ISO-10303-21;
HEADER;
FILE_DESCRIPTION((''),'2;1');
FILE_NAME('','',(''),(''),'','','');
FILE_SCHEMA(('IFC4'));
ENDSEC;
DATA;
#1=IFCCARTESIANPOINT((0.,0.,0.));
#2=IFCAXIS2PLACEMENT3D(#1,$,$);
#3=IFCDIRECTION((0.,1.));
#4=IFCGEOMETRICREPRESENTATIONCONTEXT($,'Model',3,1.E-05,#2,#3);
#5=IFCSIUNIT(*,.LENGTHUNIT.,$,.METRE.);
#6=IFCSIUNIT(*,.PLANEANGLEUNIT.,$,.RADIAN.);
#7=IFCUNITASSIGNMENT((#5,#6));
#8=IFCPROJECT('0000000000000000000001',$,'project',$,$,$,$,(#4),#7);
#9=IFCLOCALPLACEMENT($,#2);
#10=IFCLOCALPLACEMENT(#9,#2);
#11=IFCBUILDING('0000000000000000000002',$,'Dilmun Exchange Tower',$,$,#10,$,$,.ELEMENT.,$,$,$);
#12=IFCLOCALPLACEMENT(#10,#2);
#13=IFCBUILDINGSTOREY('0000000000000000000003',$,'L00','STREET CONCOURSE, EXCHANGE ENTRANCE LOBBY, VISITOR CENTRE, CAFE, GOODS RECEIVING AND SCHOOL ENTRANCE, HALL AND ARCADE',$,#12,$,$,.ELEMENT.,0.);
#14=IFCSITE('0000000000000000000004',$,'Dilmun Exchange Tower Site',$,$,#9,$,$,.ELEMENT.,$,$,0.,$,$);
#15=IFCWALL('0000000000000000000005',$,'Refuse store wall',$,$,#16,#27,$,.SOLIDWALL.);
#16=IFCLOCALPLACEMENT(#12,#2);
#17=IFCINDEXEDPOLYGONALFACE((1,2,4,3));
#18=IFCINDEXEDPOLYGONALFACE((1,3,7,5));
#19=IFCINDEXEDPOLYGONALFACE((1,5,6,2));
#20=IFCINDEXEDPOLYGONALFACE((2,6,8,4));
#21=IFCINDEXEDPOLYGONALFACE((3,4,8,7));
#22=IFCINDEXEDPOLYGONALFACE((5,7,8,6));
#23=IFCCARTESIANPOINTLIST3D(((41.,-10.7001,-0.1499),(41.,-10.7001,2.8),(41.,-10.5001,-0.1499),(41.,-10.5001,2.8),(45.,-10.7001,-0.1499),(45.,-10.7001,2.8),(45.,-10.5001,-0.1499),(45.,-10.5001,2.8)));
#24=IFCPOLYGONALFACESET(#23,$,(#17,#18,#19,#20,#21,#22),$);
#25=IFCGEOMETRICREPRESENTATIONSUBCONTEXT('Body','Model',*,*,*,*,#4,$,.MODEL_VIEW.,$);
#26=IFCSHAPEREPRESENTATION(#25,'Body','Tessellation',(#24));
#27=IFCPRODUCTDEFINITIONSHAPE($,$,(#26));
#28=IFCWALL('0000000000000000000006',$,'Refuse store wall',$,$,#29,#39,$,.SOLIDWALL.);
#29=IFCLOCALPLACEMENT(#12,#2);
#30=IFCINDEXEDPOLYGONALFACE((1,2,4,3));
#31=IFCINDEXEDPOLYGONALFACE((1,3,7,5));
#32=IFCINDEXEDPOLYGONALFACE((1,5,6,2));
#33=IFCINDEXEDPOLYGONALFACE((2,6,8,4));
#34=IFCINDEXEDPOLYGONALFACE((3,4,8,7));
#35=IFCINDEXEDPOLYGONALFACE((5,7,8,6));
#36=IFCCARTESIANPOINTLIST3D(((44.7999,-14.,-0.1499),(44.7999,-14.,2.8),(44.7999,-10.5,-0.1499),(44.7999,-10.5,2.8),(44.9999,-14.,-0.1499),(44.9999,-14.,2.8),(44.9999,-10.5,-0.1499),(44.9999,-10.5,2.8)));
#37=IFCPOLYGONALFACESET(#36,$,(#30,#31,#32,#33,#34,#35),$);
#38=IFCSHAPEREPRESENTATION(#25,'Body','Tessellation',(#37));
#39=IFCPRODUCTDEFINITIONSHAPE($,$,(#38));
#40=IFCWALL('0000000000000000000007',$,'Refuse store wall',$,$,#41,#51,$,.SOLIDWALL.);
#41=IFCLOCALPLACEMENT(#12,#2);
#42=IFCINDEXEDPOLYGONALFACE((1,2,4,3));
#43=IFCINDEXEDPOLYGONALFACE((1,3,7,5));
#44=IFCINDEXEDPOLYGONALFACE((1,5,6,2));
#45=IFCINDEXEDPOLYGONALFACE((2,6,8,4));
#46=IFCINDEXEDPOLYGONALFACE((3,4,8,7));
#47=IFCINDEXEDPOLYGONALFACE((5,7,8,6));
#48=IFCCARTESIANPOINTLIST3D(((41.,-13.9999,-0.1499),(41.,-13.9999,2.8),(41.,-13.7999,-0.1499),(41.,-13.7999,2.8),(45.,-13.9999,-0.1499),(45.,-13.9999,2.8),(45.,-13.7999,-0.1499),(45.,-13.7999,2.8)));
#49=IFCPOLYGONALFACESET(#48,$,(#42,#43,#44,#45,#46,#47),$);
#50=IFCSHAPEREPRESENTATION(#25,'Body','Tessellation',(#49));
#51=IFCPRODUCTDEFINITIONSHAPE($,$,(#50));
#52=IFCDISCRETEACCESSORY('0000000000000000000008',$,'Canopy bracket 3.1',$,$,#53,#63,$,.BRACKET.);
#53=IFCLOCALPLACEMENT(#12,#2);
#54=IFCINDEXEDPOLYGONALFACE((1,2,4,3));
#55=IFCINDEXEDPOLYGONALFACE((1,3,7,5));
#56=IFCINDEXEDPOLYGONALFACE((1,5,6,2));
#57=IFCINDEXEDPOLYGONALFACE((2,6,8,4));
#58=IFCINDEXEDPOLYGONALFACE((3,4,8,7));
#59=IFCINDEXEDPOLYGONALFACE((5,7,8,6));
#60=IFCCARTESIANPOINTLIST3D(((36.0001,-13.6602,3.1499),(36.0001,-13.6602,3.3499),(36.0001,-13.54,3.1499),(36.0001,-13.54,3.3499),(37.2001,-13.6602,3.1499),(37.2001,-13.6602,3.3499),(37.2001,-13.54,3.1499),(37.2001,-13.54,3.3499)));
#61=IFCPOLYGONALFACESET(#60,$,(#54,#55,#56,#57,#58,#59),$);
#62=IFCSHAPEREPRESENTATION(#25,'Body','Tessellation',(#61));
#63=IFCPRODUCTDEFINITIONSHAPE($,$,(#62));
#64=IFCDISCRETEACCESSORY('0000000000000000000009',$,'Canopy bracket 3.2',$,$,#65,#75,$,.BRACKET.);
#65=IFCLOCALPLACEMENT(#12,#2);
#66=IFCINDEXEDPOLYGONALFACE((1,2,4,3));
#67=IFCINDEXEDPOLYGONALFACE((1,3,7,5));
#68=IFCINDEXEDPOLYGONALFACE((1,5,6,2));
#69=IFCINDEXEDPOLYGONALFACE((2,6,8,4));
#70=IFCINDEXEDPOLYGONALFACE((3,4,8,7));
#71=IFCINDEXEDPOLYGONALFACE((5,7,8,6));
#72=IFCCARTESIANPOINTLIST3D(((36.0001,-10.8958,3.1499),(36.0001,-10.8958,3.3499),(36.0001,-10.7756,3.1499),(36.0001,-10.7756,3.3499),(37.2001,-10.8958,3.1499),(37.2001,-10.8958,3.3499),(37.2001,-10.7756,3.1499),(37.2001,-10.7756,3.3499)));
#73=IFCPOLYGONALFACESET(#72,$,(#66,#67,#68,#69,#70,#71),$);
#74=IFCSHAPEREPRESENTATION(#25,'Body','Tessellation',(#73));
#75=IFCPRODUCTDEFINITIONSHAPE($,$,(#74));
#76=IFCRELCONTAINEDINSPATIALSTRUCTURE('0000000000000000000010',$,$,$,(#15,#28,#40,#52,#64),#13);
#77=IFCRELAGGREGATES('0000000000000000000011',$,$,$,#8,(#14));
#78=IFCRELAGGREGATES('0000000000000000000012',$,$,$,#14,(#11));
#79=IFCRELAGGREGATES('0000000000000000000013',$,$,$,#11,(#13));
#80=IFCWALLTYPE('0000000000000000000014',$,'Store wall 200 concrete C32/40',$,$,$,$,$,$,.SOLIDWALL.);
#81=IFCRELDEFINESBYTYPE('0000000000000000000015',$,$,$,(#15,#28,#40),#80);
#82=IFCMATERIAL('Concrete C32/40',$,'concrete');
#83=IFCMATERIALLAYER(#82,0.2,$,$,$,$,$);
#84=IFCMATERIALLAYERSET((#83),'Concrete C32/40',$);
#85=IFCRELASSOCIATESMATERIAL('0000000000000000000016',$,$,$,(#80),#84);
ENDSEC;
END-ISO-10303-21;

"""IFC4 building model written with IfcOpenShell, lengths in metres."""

from ifc_helpers import new_model, si_unit, direction, frame, frame_2d, origin, origin_2d, place, context, subcontext, project, spatial, rectangle, extrude, material, layer, layer_set, type_object, element, save


model = new_model("IFC4")

# Units and contexts
model_context = context("Model", 3, precision=1e-05, world=origin(), true_north=direction((0.0, 1.0)))
body_context = subcontext(model_context, "Body", "Model", "MODEL_VIEW")
ifc_project = project(units=[si_unit("LENGTHUNIT", "METRE"), si_unit("PLANEANGLEUNIT", "RADIAN")], contexts=[model_context])

# Site, building, storey
site_placement = place(None, origin())
site = spatial("IfcSite", under=ifc_project, at=site_placement, Name="Dilmun Exchange Tower Site", CompositionType="ELEMENT", RefElevation=0.0)
building_placement = place(site_placement, origin())
building = spatial("IfcBuilding", under=site, at=building_placement, Name="Dilmun Exchange Tower", CompositionType="ELEMENT")
storey_placement = place(building_placement, origin())
storey = spatial("IfcBuildingStorey", under=building, at=storey_placement, Name="L00", Description="STREET CONCOURSE, EXCHANGE ENTRANCE LOBBY, VISITOR CENTRE, CAFE, GOODS RECEIVING AND SCHOOL ENTRANCE, HALL AND ARCADE", CompositionType="ELEMENT", Elevation=0.0)

# Shared definitions
ifc_material_1 = material(Name="Concrete C32/40", Category="concrete")
ifc_layer_1 = layer(ifc_material_1, 0.2)
ifc_layer_set_1 = layer_set([ifc_layer_1], Name="Concrete C32/40")
wall_type_1 = type_object("IfcWallType", Name="Store wall 200 concrete C32/40", PredefinedType="SOLIDWALL", material=ifc_layer_set_1)

# Walls
wall_1_placement = place(storey_placement, frame((41.0, -10.6001, -0.1499), z_axis=(0.0, 0.0, 1.0), x_axis=(1.0, 0.0, 0.0)))
element("IfcWall", 1, at=wall_1_placement, inside=storey, type_object=wall_type_1, Name="Refuse store wall", PredefinedType="SOLIDWALL", context=body_context, shape_type="SweptSolid", body=[
    extrude(rectangle(XDim=4.0, YDim=0.2, at=frame_2d((2.0, 0.0))), origin(), (0.0, 0.0, 1.0), 2.95),
])
wall_2_placement = place(storey_placement, frame((44.8999, -10.5, -0.1499), z_axis=(0.0, 0.0, 1.0), x_axis=(0.0, -1.0, 0.0)))
element("IfcWall", 2, at=wall_2_placement, inside=storey, type_object=wall_type_1, Name="Refuse store wall", PredefinedType="SOLIDWALL", context=body_context, shape_type="SweptSolid", body=[
    extrude(rectangle(XDim=3.5, YDim=0.2, at=frame_2d((1.75, 0.0))), origin(), (0.0, 0.0, 1.0), 2.95),
])
wall_3_placement = place(storey_placement, frame((45.0, -13.8999, -0.1499), z_axis=(0.0, 0.0, 1.0), x_axis=(-1.0, 0.0, 0.0)))
element("IfcWall", 3, at=wall_3_placement, inside=storey, type_object=wall_type_1, Name="Refuse store wall", PredefinedType="SOLIDWALL", context=body_context, shape_type="SweptSolid", body=[
    extrude(rectangle(XDim=4.0, YDim=0.2, at=frame_2d((2.0, 0.0))), origin(), (0.0, 0.0, 1.0), 2.95),
])

# Discrete accessories
for number, where, z_axis, x_axis, name in (
    (4, (36.6001, -13.6001, 3.1499), (0.0, 0.0, 1.0), (1.0, 0.0, 0.0), "Canopy bracket 3.1"),
    (5, (36.6001, -10.8357, 3.1499), (0.0, 0.0, 1.0), (1.0, 0.0, 0.0), "Canopy bracket 3.2"),
):
    element("IfcDiscreteAccessory", number, at=place(storey_placement, frame(where, z_axis=z_axis, x_axis=x_axis)), inside=storey, Name=name, PredefinedType="BRACKET", context=body_context, shape_type="SweptSolid", body=[
        extrude(rectangle(XDim=1.2, YDim=0.1201, at=origin_2d()), origin(), (0.0, 0.0, 1.0), 0.2),
    ])

save(model, "model.ifc")
